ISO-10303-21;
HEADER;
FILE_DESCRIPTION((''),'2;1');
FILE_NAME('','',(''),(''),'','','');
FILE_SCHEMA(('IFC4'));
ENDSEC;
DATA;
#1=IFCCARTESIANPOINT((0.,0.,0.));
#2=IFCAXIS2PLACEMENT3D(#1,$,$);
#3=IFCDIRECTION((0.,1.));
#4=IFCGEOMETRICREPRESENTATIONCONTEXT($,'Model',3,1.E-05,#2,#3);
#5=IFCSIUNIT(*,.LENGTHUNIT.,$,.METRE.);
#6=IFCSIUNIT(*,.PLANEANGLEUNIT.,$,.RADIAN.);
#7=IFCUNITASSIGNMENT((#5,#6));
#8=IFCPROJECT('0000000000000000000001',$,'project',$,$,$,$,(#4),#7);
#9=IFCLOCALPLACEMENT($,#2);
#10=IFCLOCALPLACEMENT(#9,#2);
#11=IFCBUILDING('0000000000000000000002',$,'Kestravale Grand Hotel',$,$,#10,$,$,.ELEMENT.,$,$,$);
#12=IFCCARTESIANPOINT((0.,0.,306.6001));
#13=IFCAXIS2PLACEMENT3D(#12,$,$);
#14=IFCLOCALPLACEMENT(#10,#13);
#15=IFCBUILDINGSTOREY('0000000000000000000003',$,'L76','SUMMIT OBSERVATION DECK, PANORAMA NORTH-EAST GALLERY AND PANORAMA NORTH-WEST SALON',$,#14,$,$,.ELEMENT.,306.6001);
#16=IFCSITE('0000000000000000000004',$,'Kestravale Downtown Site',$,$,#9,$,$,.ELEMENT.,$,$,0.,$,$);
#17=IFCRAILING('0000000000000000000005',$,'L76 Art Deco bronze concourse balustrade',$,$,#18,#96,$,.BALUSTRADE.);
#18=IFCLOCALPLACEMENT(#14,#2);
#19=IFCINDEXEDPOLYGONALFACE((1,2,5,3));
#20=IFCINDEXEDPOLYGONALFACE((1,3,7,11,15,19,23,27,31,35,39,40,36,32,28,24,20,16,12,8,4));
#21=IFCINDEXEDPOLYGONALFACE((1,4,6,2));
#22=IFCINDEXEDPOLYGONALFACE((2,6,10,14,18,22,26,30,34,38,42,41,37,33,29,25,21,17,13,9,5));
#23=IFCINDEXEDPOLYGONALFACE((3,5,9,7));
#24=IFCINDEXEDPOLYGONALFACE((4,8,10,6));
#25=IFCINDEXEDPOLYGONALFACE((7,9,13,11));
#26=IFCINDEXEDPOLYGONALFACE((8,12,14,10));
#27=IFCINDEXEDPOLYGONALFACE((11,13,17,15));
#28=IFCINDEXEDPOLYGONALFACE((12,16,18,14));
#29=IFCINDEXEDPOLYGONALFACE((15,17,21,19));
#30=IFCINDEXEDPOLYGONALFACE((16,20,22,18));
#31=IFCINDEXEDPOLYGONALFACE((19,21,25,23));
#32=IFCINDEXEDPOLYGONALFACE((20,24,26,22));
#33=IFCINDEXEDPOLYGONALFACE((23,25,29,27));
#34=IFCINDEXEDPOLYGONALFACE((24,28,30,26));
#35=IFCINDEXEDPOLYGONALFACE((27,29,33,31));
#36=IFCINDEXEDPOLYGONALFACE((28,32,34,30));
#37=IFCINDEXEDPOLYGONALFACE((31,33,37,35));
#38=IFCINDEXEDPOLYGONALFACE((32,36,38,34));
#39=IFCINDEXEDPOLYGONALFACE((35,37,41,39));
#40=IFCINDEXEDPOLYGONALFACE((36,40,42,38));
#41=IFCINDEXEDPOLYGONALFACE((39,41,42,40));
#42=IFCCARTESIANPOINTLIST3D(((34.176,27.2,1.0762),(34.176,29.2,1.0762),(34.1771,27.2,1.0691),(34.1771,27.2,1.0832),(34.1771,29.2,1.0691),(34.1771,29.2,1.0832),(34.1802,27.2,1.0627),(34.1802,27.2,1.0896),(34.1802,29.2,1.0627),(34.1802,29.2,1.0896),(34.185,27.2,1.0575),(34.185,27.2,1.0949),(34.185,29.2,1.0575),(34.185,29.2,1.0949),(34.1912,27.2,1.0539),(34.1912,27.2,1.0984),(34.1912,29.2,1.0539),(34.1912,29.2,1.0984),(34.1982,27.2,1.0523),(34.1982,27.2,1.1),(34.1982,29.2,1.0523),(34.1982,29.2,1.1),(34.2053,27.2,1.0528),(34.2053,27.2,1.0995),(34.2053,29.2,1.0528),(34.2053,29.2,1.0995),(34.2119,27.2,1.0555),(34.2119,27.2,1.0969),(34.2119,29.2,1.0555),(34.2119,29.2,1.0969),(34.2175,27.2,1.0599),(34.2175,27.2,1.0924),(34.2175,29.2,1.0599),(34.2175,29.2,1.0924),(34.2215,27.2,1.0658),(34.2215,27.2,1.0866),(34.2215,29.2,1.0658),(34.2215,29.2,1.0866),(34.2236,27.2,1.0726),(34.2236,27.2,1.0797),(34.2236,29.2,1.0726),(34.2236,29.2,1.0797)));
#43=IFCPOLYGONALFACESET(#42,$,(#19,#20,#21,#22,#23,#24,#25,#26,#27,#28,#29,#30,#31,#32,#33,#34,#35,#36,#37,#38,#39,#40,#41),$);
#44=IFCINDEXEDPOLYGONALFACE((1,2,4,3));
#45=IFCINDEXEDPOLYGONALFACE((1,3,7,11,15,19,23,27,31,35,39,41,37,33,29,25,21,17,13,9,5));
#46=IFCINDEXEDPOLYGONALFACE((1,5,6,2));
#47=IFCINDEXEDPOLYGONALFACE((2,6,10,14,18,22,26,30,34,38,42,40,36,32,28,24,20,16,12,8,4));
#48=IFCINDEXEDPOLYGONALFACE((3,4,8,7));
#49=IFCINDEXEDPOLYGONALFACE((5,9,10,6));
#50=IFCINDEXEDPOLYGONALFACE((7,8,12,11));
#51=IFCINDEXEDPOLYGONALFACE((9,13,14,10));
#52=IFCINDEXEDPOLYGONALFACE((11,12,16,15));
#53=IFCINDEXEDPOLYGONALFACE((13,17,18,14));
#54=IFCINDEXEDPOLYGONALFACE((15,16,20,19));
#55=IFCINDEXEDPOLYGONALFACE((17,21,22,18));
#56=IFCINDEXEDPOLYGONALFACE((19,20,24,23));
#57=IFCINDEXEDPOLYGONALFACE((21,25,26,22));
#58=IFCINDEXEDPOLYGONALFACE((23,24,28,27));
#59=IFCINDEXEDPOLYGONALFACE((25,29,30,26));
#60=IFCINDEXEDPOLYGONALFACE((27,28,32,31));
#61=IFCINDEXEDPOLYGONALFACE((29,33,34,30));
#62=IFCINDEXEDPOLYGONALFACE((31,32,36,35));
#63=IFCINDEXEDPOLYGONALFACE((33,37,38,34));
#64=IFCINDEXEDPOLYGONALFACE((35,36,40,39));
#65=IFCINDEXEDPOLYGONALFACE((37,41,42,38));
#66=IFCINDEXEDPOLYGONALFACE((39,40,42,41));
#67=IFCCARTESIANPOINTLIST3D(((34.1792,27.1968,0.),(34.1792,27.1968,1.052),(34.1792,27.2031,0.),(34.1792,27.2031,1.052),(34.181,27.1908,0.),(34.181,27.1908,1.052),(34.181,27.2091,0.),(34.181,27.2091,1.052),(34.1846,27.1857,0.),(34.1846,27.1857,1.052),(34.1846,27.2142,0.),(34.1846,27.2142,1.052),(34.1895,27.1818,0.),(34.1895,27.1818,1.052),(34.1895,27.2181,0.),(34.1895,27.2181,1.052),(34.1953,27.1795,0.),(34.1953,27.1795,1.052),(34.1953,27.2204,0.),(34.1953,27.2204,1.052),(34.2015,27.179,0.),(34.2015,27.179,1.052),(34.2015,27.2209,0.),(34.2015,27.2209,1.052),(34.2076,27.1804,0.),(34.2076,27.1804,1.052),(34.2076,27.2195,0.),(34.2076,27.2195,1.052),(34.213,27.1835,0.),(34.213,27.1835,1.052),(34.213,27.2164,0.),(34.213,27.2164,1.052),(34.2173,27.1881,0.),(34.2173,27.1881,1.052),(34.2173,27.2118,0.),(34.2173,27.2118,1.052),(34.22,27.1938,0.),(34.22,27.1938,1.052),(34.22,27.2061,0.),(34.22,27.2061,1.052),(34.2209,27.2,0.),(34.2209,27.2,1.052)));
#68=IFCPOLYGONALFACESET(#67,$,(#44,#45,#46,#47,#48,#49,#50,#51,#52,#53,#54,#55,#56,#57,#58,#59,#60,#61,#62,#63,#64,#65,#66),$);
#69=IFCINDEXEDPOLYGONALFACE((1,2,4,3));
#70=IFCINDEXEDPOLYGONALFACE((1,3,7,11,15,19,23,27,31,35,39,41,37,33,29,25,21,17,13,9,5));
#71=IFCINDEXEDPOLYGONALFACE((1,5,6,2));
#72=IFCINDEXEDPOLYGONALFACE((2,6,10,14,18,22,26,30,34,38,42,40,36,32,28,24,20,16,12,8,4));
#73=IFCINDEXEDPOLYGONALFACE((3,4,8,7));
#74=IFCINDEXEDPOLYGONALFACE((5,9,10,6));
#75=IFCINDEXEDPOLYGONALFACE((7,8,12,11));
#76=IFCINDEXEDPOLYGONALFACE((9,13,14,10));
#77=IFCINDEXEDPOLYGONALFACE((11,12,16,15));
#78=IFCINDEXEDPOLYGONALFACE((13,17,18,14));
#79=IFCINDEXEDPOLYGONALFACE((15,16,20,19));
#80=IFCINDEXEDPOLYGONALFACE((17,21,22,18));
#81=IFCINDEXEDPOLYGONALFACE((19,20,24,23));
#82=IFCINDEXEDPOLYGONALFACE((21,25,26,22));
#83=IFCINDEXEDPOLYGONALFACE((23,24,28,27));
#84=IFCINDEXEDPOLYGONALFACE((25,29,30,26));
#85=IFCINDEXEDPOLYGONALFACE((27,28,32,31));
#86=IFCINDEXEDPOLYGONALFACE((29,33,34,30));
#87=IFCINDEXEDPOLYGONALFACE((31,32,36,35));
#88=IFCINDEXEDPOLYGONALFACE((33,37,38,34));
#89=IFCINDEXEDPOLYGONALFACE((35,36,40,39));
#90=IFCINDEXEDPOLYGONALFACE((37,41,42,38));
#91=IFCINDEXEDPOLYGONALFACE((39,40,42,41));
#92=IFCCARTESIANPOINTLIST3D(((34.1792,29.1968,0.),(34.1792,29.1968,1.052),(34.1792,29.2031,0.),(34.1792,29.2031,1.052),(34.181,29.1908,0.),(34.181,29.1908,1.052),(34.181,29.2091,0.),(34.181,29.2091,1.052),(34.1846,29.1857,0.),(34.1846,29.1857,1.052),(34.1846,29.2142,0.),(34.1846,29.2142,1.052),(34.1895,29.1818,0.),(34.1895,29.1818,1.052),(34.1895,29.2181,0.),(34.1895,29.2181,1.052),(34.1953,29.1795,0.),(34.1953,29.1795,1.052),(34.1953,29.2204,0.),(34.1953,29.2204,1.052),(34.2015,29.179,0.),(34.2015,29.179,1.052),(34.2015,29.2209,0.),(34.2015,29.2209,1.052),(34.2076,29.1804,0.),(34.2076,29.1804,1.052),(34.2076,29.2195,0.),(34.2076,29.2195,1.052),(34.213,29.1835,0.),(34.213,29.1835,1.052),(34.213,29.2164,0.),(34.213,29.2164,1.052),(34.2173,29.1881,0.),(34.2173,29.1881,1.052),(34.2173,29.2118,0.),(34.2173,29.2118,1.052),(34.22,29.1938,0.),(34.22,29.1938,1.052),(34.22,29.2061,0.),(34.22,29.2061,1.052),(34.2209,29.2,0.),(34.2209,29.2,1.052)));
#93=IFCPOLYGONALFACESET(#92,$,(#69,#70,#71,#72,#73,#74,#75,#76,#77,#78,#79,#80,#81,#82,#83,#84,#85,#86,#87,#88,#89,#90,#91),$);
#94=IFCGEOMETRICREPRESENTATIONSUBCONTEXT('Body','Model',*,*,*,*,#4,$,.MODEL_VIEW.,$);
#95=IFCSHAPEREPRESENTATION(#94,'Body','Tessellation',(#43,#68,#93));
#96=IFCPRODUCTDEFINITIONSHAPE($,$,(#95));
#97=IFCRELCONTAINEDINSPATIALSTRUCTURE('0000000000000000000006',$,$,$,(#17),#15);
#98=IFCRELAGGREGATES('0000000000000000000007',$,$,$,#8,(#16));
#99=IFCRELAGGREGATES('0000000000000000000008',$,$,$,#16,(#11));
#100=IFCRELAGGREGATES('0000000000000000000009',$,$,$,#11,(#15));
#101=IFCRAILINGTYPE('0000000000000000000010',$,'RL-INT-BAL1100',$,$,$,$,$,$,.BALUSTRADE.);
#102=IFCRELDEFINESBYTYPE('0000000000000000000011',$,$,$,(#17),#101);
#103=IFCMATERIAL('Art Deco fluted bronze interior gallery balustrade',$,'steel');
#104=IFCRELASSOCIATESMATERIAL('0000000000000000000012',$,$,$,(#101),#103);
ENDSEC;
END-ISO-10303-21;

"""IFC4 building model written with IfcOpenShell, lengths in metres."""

from ifc_helpers import new_model, si_unit, direction, frame, origin, origin_2d, place, context, subcontext, project, spatial, circle, extrude, material, type_object, element, save


model = new_model("IFC4")

# Units and contexts
model_context = context("Model", 3, precision=1e-05, world=origin(), true_north=direction((0.0, 1.0)))
body_context = subcontext(model_context, "Body", "Model", "MODEL_VIEW")
ifc_project = project(units=[si_unit("LENGTHUNIT", "METRE"), si_unit("PLANEANGLEUNIT", "RADIAN")], contexts=[model_context])

# Site, building, storey
site_placement = place(None, origin())
site = spatial("IfcSite", under=ifc_project, at=site_placement, Name="Kestravale Downtown Site", CompositionType="ELEMENT", RefElevation=0.0)
building_placement = place(site_placement, origin())
building = spatial("IfcBuilding", under=site, at=building_placement, Name="Kestravale Grand Hotel", CompositionType="ELEMENT")
storey_placement = place(building_placement, frame((0.0, 0.0, 306.6001)))
storey = spatial("IfcBuildingStorey", under=building, at=storey_placement, Name="L76", Description="SUMMIT OBSERVATION DECK, PANORAMA NORTH-EAST GALLERY AND PANORAMA NORTH-WEST SALON", CompositionType="ELEMENT", Elevation=306.6001)

# Railing
ifc_material_1 = material(Name="Art Deco fluted bronze interior gallery balustrade", Category="steel")
railing_type = type_object("IfcRailingType", Name="RL-INT-BAL1100", PredefinedType="BALUSTRADE", material=ifc_material_1)
railing_placement = place(storey_placement, frame((34.2, 27.2, 0.0)))
element("IfcRailing", 1, at=railing_placement, inside=storey, type_object=railing_type, Name="L76 Art Deco bronze concourse balustrade", PredefinedType="BALUSTRADE", context=body_context, shape_type="SweptSolid", body=[
    extrude(circle(Radius=0.0239, at=origin_2d()), frame((0.0, 0.0, 1.0762), z_axis=(0.0, 1.0, 0.0), x_axis=(-1.0, 0.0, 0.0)), (0.0, 0.0, 1.0), 2.0),
    extrude(circle(Radius=0.021, at=origin_2d()), origin(), (0.0, 0.0, 1.0), 1.052),
    extrude(circle(Radius=0.021, at=origin_2d()), frame((0.0, 2.0, 0.0)), (0.0, 0.0, 1.0), 1.052),
])

save(model, "model.ifc")
